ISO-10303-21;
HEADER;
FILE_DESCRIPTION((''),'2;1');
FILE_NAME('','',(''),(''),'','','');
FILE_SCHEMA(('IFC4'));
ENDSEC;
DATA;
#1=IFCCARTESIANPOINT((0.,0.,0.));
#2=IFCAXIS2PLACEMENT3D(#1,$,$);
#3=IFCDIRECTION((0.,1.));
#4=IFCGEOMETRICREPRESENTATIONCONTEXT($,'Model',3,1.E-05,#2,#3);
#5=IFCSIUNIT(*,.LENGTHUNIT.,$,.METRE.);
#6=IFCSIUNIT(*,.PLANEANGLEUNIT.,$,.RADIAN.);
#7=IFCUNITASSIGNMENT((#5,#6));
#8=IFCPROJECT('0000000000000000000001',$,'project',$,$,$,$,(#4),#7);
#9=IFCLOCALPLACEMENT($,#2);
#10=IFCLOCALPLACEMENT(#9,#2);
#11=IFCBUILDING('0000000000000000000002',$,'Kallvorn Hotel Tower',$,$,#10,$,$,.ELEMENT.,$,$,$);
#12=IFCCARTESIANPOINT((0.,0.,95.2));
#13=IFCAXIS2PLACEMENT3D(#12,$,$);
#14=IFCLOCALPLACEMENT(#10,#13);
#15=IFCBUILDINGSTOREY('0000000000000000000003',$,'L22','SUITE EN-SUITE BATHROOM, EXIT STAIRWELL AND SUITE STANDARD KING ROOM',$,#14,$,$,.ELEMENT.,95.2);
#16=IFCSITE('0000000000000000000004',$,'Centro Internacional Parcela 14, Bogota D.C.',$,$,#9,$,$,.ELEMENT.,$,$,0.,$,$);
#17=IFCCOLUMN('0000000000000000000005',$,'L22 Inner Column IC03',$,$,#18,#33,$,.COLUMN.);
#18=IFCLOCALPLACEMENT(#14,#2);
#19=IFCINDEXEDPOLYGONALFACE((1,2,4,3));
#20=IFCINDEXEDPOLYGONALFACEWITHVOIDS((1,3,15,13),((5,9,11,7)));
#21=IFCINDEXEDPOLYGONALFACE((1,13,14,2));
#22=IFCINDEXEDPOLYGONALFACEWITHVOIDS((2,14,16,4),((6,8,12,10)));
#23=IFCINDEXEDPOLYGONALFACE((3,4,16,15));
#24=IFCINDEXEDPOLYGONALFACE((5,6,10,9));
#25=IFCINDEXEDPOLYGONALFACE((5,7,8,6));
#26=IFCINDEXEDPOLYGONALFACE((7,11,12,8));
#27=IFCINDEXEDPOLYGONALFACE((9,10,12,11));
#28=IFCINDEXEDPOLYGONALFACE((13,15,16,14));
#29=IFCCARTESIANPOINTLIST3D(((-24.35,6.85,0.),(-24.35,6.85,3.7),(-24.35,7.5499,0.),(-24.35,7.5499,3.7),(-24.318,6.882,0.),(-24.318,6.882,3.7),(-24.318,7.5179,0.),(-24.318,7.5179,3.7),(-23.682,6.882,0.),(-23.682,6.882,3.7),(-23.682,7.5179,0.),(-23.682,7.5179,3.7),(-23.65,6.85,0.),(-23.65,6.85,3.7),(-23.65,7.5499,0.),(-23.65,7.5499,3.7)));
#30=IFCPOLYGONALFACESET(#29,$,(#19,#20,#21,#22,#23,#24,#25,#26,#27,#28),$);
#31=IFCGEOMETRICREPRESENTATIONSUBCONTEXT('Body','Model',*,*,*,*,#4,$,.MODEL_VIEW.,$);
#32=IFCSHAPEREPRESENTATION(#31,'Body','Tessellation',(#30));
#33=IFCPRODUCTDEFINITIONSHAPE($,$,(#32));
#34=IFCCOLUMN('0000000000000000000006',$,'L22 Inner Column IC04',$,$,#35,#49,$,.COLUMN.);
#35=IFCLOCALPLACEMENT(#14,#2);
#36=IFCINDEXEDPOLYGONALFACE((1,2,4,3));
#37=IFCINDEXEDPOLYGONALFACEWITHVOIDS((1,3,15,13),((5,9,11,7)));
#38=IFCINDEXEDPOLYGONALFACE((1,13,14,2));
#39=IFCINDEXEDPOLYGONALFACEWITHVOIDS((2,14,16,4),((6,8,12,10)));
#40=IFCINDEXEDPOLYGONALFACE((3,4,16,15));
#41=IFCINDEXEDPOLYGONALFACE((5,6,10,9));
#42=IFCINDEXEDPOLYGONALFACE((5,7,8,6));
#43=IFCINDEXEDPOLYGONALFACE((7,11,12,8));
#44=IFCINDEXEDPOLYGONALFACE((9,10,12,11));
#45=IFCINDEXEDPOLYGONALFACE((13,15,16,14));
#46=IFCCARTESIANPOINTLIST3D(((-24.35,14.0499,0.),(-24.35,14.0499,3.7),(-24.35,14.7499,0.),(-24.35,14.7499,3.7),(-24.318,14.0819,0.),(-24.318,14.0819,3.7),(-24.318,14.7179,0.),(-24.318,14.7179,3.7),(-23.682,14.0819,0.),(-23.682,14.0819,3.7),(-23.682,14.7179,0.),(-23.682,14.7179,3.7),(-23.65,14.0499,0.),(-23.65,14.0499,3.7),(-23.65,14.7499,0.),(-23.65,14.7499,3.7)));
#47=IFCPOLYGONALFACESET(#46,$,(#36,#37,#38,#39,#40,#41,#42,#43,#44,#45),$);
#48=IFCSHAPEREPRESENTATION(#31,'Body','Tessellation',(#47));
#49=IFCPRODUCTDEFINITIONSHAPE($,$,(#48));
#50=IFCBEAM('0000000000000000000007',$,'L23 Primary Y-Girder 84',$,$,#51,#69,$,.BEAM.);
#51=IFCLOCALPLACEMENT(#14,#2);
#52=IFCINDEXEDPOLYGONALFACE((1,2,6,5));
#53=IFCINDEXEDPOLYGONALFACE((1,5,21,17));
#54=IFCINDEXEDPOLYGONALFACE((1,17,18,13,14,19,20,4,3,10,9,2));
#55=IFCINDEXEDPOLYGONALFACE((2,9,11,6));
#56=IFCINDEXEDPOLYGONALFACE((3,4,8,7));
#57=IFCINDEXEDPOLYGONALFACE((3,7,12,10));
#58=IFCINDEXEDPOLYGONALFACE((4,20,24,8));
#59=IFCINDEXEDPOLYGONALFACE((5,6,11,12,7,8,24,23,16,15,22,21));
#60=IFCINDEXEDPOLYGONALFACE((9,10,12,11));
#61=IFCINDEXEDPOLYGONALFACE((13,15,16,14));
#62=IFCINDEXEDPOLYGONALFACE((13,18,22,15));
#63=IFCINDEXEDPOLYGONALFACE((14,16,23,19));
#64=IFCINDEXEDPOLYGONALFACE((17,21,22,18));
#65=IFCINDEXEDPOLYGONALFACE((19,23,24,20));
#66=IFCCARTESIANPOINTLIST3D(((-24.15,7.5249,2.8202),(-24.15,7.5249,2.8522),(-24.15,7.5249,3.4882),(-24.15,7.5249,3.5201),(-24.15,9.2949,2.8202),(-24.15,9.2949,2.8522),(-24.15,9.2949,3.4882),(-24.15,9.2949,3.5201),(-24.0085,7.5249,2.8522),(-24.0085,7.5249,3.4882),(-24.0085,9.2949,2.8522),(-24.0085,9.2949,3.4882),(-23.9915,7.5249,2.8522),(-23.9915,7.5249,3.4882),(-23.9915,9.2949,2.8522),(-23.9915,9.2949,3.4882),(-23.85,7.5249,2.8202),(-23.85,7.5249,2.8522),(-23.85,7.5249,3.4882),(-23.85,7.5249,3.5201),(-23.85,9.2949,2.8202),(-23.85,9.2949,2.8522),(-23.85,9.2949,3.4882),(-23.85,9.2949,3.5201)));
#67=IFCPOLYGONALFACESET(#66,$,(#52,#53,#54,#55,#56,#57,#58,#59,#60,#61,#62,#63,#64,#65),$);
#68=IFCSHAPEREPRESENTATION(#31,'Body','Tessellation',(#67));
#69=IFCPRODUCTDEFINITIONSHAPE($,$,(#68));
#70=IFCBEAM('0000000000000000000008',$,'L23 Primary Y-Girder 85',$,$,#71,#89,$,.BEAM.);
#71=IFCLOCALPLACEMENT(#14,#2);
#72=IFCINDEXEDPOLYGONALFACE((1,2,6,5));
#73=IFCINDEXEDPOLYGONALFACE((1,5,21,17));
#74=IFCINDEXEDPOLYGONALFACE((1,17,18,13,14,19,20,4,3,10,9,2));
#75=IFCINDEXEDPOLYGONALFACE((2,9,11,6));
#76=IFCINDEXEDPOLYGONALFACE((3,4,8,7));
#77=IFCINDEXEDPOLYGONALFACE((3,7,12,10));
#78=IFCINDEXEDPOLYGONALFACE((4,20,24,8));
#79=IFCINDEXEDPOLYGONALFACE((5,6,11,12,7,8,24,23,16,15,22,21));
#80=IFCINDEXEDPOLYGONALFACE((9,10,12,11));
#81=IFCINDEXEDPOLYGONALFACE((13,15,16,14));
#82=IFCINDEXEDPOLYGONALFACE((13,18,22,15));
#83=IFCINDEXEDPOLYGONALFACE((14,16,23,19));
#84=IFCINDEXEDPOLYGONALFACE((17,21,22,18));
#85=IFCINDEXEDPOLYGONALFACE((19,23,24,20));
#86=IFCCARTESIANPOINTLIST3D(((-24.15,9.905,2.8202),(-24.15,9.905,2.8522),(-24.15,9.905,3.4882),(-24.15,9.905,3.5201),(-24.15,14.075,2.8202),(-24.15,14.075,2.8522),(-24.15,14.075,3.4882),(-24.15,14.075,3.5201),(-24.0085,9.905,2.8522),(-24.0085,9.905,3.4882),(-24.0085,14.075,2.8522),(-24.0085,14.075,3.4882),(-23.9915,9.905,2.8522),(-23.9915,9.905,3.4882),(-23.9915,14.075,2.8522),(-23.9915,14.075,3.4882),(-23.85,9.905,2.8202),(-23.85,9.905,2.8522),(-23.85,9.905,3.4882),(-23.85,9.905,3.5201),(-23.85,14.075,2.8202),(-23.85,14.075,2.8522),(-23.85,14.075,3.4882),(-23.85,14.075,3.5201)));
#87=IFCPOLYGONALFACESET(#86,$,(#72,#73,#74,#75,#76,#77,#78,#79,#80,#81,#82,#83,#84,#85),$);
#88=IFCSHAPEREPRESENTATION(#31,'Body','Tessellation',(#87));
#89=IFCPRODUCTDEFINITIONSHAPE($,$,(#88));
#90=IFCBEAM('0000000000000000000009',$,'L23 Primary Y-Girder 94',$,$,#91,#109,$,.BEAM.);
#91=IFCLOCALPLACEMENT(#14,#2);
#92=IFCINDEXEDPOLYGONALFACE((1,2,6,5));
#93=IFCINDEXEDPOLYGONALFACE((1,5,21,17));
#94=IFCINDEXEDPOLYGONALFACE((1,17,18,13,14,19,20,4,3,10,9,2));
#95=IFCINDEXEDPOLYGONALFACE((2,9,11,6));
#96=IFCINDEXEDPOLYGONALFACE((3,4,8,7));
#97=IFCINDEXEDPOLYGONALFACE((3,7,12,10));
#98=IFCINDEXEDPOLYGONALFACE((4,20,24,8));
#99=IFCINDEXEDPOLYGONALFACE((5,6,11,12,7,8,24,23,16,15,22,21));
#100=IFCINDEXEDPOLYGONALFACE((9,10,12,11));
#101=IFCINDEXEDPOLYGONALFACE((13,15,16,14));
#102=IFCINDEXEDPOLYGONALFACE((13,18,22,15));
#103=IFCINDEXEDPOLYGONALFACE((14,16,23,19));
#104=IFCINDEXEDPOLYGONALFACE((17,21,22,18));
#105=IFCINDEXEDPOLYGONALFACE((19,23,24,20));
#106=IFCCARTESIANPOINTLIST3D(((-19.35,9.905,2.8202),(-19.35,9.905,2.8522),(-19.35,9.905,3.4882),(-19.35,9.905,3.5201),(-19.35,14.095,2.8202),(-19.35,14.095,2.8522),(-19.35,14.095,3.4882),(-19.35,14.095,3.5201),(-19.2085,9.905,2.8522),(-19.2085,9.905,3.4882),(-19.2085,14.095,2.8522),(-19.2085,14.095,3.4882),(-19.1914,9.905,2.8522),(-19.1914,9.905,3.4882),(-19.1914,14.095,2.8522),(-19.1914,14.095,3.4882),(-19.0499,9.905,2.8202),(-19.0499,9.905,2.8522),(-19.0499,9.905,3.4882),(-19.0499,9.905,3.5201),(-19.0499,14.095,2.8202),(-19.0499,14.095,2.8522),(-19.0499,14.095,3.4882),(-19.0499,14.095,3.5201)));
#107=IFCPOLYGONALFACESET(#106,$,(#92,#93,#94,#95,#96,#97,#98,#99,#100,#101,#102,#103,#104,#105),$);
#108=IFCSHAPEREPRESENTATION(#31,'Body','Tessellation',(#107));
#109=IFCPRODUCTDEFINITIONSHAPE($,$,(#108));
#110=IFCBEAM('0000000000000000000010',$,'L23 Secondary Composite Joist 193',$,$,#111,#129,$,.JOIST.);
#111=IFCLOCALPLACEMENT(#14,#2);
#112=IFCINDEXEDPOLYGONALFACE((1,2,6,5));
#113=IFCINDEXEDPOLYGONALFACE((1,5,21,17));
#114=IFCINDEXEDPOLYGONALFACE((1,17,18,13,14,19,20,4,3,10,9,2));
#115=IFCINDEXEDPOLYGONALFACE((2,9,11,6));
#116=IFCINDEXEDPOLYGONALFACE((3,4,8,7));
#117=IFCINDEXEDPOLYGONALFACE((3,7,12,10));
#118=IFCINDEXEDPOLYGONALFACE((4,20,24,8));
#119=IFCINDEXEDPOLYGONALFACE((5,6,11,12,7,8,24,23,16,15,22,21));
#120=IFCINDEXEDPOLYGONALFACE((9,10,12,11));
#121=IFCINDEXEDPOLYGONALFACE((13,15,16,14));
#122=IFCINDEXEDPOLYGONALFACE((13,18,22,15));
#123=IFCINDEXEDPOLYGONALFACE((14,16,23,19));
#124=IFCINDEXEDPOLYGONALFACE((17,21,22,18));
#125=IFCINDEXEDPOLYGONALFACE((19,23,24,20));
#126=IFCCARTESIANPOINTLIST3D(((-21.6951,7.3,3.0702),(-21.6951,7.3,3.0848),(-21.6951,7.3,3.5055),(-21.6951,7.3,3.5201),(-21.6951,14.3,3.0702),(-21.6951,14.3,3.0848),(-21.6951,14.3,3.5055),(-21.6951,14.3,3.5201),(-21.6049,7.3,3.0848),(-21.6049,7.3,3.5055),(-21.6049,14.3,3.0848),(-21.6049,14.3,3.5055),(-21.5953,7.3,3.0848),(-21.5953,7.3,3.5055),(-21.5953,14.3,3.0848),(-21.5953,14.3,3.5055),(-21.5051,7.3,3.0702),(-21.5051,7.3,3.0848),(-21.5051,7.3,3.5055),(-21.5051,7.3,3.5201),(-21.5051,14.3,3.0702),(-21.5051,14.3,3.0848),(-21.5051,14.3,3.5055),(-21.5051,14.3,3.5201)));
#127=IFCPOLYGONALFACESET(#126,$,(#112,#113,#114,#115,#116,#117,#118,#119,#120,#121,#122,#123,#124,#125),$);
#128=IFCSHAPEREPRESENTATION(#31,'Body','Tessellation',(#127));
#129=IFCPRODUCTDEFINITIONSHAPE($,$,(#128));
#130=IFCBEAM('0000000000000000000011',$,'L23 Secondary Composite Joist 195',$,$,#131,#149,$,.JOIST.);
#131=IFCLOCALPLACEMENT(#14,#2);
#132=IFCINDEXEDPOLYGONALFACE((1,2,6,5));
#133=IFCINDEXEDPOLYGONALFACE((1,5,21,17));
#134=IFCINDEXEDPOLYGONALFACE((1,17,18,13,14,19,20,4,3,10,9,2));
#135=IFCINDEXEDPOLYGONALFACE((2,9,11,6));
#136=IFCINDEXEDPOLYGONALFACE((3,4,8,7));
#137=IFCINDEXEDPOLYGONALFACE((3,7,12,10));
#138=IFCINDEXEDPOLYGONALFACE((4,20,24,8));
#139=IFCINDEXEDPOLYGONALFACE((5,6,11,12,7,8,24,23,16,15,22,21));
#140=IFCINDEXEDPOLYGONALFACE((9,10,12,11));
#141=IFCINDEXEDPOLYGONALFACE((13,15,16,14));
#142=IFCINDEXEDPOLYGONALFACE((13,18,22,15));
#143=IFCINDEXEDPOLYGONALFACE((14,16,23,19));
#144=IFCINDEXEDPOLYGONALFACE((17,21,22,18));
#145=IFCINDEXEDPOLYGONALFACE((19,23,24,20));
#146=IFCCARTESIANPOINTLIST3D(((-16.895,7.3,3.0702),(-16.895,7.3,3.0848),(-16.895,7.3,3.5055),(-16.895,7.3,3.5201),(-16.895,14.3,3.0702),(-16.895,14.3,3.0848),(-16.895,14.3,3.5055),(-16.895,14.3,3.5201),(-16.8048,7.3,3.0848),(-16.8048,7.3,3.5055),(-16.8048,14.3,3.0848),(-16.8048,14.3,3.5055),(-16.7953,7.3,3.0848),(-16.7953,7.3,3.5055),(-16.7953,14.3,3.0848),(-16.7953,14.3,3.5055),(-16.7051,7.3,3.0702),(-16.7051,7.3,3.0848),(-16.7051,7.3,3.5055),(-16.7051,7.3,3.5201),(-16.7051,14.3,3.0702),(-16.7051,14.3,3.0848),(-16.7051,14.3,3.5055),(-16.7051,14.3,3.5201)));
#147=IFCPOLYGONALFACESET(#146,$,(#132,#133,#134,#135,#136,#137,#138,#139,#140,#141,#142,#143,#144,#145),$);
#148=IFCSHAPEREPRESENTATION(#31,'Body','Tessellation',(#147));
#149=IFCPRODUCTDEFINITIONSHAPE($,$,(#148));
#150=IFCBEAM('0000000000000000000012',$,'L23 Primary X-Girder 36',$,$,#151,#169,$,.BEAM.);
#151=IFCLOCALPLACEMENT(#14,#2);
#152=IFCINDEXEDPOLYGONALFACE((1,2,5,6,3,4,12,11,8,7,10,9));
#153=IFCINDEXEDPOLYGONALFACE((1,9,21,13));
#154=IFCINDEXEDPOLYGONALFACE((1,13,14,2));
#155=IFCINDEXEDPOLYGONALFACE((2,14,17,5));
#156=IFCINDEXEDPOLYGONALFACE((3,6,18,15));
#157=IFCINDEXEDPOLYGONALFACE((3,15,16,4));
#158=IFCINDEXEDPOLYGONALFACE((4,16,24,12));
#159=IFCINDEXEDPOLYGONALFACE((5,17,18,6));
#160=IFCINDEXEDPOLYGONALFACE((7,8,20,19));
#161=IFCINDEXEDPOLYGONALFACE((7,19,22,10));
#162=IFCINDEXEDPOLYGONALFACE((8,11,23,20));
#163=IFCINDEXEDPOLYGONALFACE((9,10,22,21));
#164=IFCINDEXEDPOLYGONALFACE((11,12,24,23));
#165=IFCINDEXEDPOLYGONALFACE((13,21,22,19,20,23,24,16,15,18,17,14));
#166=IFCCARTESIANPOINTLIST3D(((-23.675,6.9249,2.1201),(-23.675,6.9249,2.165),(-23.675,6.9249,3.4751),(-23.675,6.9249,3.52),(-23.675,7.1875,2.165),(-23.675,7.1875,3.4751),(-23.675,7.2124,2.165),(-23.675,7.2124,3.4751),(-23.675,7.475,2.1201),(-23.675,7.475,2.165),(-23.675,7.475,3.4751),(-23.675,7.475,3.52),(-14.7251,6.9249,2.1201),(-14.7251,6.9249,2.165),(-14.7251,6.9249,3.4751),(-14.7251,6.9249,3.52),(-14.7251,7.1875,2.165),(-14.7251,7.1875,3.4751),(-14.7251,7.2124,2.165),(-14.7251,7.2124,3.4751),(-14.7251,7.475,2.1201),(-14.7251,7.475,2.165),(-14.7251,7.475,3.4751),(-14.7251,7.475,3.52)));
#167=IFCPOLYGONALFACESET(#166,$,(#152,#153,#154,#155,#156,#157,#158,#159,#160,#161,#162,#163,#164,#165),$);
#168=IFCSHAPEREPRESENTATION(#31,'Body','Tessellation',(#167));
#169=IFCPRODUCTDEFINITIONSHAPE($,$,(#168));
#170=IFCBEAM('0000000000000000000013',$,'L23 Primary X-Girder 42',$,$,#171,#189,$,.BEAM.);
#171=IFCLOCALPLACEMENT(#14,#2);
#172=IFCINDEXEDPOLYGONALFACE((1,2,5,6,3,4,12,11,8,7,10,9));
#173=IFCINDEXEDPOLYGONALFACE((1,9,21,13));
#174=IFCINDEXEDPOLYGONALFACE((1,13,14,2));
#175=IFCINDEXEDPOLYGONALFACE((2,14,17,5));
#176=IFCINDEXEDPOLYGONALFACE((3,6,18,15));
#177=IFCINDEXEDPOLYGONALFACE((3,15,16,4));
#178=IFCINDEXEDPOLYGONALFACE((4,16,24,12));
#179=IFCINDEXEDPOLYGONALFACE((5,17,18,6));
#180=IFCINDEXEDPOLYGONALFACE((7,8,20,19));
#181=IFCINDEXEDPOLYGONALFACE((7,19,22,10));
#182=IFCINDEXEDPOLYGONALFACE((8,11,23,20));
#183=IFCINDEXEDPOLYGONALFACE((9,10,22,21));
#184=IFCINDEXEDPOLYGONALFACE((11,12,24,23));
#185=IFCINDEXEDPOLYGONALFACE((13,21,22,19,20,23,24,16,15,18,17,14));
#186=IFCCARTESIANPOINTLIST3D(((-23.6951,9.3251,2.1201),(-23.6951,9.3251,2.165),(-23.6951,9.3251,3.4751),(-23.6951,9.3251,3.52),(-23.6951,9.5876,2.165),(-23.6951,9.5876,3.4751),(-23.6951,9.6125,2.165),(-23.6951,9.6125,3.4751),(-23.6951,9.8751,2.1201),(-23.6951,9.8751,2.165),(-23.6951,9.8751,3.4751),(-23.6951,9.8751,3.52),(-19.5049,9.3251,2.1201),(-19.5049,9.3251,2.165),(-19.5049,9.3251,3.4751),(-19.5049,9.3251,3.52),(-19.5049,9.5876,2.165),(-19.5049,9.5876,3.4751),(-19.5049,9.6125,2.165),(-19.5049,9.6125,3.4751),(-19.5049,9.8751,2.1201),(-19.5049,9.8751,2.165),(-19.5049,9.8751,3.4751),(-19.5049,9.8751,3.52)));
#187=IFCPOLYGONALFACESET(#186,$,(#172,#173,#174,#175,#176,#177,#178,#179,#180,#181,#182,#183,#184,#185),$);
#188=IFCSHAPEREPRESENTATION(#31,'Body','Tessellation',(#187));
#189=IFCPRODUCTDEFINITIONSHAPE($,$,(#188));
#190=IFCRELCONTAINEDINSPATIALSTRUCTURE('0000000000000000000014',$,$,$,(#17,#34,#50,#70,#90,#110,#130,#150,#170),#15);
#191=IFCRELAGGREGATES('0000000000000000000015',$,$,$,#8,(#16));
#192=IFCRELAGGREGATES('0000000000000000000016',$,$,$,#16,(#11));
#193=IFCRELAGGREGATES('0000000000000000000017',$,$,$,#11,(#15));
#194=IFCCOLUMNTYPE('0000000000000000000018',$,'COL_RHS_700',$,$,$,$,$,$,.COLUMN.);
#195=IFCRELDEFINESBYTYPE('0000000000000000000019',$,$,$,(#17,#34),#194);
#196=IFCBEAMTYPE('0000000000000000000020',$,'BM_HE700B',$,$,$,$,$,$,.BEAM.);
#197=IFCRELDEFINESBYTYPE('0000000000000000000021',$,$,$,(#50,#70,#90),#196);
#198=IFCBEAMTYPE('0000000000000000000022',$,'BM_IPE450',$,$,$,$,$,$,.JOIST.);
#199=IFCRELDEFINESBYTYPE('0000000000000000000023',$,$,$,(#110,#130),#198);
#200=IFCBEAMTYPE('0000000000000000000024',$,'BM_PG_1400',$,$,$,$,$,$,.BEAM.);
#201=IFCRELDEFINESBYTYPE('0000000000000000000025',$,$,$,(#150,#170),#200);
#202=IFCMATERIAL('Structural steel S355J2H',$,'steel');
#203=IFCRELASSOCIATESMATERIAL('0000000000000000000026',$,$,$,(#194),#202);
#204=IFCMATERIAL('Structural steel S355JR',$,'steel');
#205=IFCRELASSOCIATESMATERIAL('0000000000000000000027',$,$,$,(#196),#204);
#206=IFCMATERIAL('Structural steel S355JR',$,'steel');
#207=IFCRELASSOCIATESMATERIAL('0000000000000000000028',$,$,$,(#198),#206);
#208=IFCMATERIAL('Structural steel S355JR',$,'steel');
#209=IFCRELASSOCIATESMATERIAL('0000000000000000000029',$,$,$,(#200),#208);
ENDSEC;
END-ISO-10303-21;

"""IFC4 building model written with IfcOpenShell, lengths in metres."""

from ifc_helpers import new_model, si_unit, direction, frame, origin, origin_2d, place, context, subcontext, project, spatial, hollow_rectangle, i_section, extrude, material, material_profile, profile_set, type_object, element, save


model = new_model("IFC4")

# Units and contexts
model_context = context("Model", 3, precision=1e-05, world=origin(), true_north=direction((0.0, 1.0)))
body_context = subcontext(model_context, "Body", "Model", "MODEL_VIEW")
ifc_project = project(units=[si_unit("LENGTHUNIT", "METRE"), si_unit("PLANEANGLEUNIT", "RADIAN")], contexts=[model_context])

# Site, building, storey
site_placement = place(None, origin())
site = spatial("IfcSite", under=ifc_project, at=site_placement, Name="Centro Internacional Parcela 14, Bogota D.C.", CompositionType="ELEMENT", RefElevation=0.0)
building_placement = place(site_placement, origin())
building = spatial("IfcBuilding", under=site, at=building_placement, Name="Kallvorn Hotel Tower", CompositionType="ELEMENT")
storey_placement = place(building_placement, frame((0.0, 0.0, 95.2)))
storey = spatial("IfcBuildingStorey", under=building, at=storey_placement, Name="L22", Description="SUITE EN-SUITE BATHROOM, EXIT STAIRWELL AND SUITE STANDARD KING ROOM", CompositionType="ELEMENT", Elevation=95.2)

# Columns
ifc_material_1 = material(Name="Structural steel S355J2H", Category="steel")
ifc_material_profile_1 = material_profile(ifc_material_1, hollow_rectangle(XDim=0.7, YDim=0.7, WallThickness=0.032, at=origin_2d()), Name="RHS 700x700x32")
ifc_profile_set_1 = profile_set([ifc_material_profile_1], Name="Structural steel S355J2H")
column_type_1 = type_object("IfcColumnType", Name="COL_RHS_700", PredefinedType="COLUMN", material=ifc_profile_set_1)
for number, where, z_axis, x_axis, name in (
    (1, (-24.0, 7.2, 0.0), (0.0, 0.0, 1.0), (1.0, 0.0, 0.0), "L22 Inner Column IC03"),
    (2, (-24.0, 14.3999, 0.0), (0.0, 0.0, 1.0), (1.0, 0.0, 0.0), "L22 Inner Column IC04"),
):
    element("IfcColumn", number, at=place(storey_placement, frame(where, z_axis=z_axis, x_axis=x_axis)), inside=storey, type_object=column_type_1, Name=name, PredefinedType="COLUMN", context=body_context, shape_type="SweptSolid", body=[
        extrude(hollow_rectangle(XDim=0.7, YDim=0.7, WallThickness=0.032, at=origin_2d()), origin(), (0.0, 0.0, 1.0), 3.7),
    ])

# Beams
ifc_material_2 = material(Name="Structural steel S355JR", Category="steel")
ifc_material_profile_2 = material_profile(ifc_material_2, i_section(OverallWidth=0.3, OverallDepth=0.7, WebThickness=0.0171, FlangeThickness=0.032, at=origin_2d()), Name="HE 700 B")
ifc_profile_set_2 = profile_set([ifc_material_profile_2], Name="Structural steel S355JR")
beam_type_1 = type_object("IfcBeamType", Name="BM_HE700B", PredefinedType="BEAM", material=ifc_profile_set_2)
beam_1_placement = place(storey_placement, frame((-24.0, 7.5249, 3.1702), z_axis=(0.0, 1.0, 0.0), x_axis=(-1.0, 0.0, 0.0)))
element("IfcBeam", 3, at=beam_1_placement, inside=storey, type_object=beam_type_1, Name="L23 Primary Y-Girder 84", PredefinedType="BEAM", context=body_context, shape_type="SweptSolid", body=[
    extrude(i_section(OverallWidth=0.3, OverallDepth=0.7, WebThickness=0.0171, FlangeThickness=0.032, at=origin_2d()), origin(), (0.0, 0.0, 1.0), 1.77),
])
beam_2_placement = place(storey_placement, frame((-24.0, 9.905, 3.1702), z_axis=(0.0, 1.0, 0.0), x_axis=(-1.0, 0.0, 0.0)))
element("IfcBeam", 4, at=beam_2_placement, inside=storey, type_object=beam_type_1, Name="L23 Primary Y-Girder 85", PredefinedType="BEAM", context=body_context, shape_type="SweptSolid", body=[
    extrude(i_section(OverallWidth=0.3, OverallDepth=0.7, WebThickness=0.0171, FlangeThickness=0.032, at=origin_2d()), origin(), (0.0, 0.0, 1.0), 4.1699),
])
beam_3_placement = place(storey_placement, frame((-19.2, 9.905, 3.1702), z_axis=(0.0, 1.0, 0.0), x_axis=(-1.0, 0.0, 0.0)))
element("IfcBeam", 5, at=beam_3_placement, inside=storey, type_object=beam_type_1, Name="L23 Primary Y-Girder 94", PredefinedType="BEAM", context=body_context, shape_type="SweptSolid", body=[
    extrude(i_section(OverallWidth=0.3, OverallDepth=0.7, WebThickness=0.0171, FlangeThickness=0.032, at=origin_2d()), origin(), (0.0, 0.0, 1.0), 4.1899),
])
ifc_material_3 = material(Name="Structural steel S355JR", Category="steel")
ifc_material_profile_3 = material_profile(ifc_material_3, i_section(OverallWidth=0.1899, OverallDepth=0.45, WebThickness=0.0095, FlangeThickness=0.0146, at=origin_2d()), Name="IPE 450")
ifc_profile_set_3 = profile_set([ifc_material_profile_3], Name="Structural steel S355JR")
beam_type_2 = type_object("IfcBeamType", Name="BM_IPE450", PredefinedType="JOIST", material=ifc_profile_set_3)
for number, where, z_axis, x_axis, name in (
    (6, (-21.6001, 7.3, 3.2952), (0.0, 1.0, 0.0), (-1.0, 0.0, 0.0), "L23 Secondary Composite Joist 193"),
    (7, (-16.8, 7.3, 3.2952), (0.0, 1.0, 0.0), (-1.0, 0.0, 0.0), "L23 Secondary Composite Joist 195"),
):
    element("IfcBeam", number, at=place(storey_placement, frame(where, z_axis=z_axis, x_axis=x_axis)), inside=storey, type_object=beam_type_2, Name=name, PredefinedType="JOIST", context=body_context, shape_type="SweptSolid", body=[
        extrude(i_section(OverallWidth=0.1899, OverallDepth=0.45, WebThickness=0.0095, FlangeThickness=0.0146, at=origin_2d()), origin(), (0.0, 0.0, 1.0), 7.0),
    ])
ifc_material_4 = material(Name="Structural steel S355JR", Category="steel")
ifc_material_profile_4 = material_profile(ifc_material_4, i_section(OverallWidth=0.55, OverallDepth=1.3999, WebThickness=0.0249, FlangeThickness=0.0449, at=origin_2d()), Name="PG 1400x550x25x45")
ifc_profile_set_4 = profile_set([ifc_material_profile_4], Name="Structural steel S355JR")
beam_type_3 = type_object("IfcBeamType", Name="BM_PG_1400", PredefinedType="BEAM", material=ifc_profile_set_4)
beam_4_placement = place(storey_placement, frame((-23.675, 7.2, 2.8201), z_axis=(1.0, 0.0, 0.0), x_axis=(0.0, 1.0, 0.0)))
element("IfcBeam", 8, at=beam_4_placement, inside=storey, type_object=beam_type_3, Name="L23 Primary X-Girder 36", PredefinedType="BEAM", context=body_context, shape_type="SweptSolid", body=[
    extrude(i_section(OverallWidth=0.55, OverallDepth=1.3999, WebThickness=0.0249, FlangeThickness=0.0449, at=origin_2d()), origin(), (0.0, 0.0, 1.0), 8.95),
])
beam_5_placement = place(storey_placement, frame((-23.6951, 9.6001, 2.8201), z_axis=(1.0, 0.0, 0.0), x_axis=(0.0, 1.0, 0.0)))
element("IfcBeam", 9, at=beam_5_placement, inside=storey, type_object=beam_type_3, Name="L23 Primary X-Girder 42", PredefinedType="BEAM", context=body_context, shape_type="SweptSolid", body=[
    extrude(i_section(OverallWidth=0.55, OverallDepth=1.3999, WebThickness=0.0249, FlangeThickness=0.0449, at=origin_2d()), origin(), (0.0, 0.0, 1.0), 4.1902),
])

save(model, "model.ifc")
